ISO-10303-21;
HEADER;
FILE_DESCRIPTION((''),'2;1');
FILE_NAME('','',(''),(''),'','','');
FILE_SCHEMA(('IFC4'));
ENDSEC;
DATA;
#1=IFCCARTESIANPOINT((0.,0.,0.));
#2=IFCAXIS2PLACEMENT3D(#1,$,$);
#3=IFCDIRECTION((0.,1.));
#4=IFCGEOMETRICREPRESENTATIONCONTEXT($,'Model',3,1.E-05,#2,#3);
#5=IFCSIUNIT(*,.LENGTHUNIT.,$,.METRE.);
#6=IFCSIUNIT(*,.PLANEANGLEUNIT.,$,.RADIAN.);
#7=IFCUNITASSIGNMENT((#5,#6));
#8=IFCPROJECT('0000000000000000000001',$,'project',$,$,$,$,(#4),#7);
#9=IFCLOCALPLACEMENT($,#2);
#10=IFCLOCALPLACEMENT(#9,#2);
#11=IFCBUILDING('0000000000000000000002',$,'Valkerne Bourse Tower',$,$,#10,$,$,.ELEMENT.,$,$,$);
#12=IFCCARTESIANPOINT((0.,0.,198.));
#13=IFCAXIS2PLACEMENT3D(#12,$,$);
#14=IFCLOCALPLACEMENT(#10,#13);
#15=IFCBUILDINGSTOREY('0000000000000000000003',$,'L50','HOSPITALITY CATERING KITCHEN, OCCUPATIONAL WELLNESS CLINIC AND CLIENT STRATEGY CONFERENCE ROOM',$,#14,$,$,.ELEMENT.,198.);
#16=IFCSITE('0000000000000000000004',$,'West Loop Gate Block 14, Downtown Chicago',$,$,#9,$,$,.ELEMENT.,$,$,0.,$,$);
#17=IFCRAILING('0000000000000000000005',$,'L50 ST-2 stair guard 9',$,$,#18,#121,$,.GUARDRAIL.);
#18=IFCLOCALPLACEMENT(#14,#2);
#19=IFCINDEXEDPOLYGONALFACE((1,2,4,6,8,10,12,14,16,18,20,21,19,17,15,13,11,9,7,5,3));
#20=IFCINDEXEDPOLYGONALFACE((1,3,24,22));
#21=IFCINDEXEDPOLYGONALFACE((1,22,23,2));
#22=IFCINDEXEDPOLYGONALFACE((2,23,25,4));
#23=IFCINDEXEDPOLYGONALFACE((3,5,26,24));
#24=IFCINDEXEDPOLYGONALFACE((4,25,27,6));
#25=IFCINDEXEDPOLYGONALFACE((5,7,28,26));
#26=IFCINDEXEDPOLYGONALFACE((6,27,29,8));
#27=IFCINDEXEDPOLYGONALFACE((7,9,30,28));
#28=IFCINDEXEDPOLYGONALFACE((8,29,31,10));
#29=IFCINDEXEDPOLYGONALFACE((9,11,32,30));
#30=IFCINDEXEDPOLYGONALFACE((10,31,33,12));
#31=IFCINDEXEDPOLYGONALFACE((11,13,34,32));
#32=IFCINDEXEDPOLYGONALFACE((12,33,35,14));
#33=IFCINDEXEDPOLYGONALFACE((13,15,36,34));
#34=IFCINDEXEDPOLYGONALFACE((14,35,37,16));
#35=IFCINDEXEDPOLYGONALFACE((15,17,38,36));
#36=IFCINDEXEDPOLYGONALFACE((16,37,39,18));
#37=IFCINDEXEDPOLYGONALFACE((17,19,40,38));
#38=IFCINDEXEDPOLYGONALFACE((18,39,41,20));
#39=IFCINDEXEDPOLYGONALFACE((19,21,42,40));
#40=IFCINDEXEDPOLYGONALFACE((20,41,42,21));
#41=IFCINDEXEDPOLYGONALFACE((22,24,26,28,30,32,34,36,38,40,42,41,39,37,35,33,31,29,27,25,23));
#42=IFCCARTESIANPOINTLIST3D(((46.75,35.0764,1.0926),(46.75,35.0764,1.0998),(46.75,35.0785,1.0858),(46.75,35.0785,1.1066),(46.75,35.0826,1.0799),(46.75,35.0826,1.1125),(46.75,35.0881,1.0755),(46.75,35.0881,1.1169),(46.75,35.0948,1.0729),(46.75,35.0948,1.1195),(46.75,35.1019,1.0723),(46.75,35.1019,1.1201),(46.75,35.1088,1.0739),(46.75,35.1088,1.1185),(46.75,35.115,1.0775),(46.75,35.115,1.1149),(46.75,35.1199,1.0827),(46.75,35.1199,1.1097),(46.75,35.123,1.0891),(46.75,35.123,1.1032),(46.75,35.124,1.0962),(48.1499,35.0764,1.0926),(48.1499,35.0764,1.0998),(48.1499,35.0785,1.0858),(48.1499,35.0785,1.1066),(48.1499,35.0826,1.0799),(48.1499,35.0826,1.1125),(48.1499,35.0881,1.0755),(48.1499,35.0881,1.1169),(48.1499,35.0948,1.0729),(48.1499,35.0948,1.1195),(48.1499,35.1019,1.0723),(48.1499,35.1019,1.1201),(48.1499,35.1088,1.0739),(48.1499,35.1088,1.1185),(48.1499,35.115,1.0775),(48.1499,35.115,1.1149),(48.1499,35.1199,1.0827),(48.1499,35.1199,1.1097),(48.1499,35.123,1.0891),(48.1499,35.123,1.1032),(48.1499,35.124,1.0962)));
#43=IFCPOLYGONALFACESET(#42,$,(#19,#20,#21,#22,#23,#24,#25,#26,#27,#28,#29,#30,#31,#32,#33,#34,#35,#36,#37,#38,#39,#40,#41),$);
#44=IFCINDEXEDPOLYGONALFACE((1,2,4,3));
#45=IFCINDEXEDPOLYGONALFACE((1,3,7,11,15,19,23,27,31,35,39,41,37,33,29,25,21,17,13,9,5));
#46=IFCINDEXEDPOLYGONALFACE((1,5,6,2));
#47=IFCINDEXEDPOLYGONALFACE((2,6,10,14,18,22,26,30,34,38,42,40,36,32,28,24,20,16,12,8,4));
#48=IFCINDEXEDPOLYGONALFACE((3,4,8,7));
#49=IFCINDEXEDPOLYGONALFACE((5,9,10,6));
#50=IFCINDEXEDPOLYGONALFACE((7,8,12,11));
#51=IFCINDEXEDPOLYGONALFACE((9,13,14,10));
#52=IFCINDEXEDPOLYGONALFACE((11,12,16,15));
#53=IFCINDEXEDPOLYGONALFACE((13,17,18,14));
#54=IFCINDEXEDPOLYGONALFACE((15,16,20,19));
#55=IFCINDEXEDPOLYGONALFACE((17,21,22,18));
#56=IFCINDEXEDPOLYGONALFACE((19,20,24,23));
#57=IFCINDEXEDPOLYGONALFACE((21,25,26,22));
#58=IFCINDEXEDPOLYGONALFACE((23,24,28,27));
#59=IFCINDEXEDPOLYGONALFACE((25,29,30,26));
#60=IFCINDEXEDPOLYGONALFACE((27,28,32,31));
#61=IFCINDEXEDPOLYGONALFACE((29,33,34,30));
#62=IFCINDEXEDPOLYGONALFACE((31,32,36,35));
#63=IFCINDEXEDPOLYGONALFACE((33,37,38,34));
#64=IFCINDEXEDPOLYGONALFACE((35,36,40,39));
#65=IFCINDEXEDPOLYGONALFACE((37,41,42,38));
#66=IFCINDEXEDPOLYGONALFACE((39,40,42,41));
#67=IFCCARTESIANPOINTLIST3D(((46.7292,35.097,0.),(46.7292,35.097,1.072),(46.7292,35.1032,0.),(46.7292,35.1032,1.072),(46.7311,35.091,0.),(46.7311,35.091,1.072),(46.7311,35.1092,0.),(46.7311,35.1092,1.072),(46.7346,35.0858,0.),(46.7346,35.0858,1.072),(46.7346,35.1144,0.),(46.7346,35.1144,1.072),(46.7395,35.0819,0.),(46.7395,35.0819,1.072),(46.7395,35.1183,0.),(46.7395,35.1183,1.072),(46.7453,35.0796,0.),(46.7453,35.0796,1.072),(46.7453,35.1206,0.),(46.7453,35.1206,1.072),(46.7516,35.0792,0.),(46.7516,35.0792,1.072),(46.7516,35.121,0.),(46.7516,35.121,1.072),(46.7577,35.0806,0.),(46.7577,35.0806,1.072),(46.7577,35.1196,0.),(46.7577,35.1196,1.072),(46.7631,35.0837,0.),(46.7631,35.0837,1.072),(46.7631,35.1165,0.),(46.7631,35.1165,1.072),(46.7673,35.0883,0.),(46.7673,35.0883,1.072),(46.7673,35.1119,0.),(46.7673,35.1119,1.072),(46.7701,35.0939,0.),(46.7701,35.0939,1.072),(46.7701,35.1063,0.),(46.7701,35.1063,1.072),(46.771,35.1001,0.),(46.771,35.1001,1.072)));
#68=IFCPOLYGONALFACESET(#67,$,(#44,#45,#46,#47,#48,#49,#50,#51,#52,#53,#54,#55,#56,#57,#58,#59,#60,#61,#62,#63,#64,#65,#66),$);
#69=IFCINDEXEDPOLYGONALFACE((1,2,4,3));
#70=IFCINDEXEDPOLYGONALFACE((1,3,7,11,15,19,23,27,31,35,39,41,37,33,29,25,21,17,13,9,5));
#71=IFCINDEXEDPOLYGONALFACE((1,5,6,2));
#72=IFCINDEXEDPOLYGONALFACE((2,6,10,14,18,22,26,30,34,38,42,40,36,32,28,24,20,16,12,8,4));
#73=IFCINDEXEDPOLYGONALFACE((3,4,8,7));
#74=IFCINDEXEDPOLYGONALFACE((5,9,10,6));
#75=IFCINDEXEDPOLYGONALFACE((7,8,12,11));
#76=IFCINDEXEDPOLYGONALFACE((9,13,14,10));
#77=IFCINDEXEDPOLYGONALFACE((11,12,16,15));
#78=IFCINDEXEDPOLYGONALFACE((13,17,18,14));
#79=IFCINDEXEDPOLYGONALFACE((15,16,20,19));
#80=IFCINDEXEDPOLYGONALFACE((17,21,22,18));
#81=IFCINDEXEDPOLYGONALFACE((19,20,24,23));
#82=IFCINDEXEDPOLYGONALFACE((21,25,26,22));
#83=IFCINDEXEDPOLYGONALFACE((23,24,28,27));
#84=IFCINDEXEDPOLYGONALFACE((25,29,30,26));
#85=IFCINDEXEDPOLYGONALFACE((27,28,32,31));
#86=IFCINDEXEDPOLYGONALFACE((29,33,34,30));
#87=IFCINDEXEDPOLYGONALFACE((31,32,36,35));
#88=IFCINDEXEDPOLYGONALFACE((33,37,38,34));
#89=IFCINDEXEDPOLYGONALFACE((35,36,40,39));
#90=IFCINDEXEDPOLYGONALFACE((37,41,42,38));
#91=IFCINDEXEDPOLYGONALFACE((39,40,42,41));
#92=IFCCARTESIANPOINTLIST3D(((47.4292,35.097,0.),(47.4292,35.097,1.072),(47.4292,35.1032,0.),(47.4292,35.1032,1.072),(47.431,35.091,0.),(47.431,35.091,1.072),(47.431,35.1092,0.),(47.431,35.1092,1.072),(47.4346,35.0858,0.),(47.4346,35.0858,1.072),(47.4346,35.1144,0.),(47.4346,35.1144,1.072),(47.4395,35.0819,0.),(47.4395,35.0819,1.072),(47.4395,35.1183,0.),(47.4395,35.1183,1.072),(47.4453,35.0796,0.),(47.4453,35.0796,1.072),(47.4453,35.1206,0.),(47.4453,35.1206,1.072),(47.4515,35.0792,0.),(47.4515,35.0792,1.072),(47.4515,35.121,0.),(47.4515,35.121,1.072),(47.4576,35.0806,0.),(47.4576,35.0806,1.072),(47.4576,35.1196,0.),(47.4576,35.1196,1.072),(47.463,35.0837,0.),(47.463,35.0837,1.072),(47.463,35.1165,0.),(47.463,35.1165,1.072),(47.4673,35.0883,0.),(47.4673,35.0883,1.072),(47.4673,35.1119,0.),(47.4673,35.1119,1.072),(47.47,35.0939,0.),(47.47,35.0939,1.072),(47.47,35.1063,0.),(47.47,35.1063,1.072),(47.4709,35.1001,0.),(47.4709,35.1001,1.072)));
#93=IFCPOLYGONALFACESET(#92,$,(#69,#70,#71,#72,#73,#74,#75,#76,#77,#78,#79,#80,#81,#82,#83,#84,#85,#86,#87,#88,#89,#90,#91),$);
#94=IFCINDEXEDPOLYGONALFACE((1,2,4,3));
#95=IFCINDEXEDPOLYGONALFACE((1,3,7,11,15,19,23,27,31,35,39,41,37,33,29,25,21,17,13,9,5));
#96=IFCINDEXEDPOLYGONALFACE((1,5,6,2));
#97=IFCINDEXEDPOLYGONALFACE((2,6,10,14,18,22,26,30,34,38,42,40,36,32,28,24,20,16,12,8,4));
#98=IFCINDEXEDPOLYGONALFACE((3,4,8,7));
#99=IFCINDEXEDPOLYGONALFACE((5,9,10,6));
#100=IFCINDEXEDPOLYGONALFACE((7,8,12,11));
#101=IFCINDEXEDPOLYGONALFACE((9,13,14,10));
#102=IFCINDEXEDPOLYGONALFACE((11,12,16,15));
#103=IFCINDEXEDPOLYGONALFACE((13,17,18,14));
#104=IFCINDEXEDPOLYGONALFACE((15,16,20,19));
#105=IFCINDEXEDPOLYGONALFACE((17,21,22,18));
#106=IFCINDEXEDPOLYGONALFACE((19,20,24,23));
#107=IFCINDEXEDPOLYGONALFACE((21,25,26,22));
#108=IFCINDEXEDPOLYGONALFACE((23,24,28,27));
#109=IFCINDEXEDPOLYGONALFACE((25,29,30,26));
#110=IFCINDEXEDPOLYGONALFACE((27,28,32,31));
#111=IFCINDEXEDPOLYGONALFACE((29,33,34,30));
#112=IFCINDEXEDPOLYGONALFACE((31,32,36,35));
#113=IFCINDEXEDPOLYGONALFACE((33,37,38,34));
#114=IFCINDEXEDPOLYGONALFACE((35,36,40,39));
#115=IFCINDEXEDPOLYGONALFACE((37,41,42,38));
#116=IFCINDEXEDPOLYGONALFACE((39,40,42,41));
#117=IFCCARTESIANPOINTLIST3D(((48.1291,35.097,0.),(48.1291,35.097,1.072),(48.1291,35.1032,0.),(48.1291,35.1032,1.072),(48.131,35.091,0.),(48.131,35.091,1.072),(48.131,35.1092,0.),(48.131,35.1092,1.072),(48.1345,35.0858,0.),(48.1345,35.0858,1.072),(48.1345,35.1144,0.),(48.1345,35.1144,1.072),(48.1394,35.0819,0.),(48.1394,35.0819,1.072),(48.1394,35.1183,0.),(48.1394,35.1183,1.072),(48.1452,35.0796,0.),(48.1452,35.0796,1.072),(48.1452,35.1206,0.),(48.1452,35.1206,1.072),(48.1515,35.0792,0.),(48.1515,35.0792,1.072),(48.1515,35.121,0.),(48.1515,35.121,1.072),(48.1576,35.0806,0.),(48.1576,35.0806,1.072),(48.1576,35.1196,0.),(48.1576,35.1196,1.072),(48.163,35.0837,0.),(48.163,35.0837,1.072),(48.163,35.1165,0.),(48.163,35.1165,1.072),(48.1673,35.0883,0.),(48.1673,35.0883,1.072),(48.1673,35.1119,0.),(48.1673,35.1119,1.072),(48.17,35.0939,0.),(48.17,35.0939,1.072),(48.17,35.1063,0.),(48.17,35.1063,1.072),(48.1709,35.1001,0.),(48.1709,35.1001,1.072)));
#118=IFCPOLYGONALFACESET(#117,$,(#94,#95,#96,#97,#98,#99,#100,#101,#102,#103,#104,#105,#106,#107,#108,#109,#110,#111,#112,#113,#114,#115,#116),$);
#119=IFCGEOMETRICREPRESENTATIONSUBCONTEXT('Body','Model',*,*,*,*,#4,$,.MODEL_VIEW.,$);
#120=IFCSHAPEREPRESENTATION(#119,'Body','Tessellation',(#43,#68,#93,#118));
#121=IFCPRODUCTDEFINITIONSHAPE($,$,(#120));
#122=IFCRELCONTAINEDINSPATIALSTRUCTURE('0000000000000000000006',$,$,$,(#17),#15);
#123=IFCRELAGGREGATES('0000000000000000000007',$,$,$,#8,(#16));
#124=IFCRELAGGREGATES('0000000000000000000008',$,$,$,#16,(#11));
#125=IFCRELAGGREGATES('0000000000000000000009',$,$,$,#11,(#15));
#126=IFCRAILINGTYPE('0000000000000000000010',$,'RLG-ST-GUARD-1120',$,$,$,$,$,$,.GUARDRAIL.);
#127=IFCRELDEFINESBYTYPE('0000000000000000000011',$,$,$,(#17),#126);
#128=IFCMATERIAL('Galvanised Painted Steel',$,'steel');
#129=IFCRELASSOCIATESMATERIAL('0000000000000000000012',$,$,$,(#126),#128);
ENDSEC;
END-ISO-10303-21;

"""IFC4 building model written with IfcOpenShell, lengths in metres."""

from ifc_helpers import new_model, si_unit, direction, frame, origin, origin_2d, place, context, subcontext, project, spatial, circle, extrude, material, type_object, element, save


model = new_model("IFC4")

# Units and contexts
model_context = context("Model", 3, precision=1e-05, world=origin(), true_north=direction((0.0, 1.0)))
body_context = subcontext(model_context, "Body", "Model", "MODEL_VIEW")
ifc_project = project(units=[si_unit("LENGTHUNIT", "METRE"), si_unit("PLANEANGLEUNIT", "RADIAN")], contexts=[model_context])

# Site, building, storey
site_placement = place(None, origin())
site = spatial("IfcSite", under=ifc_project, at=site_placement, Name="West Loop Gate Block 14, Downtown Chicago", CompositionType="ELEMENT", RefElevation=0.0)
building_placement = place(site_placement, origin())
building = spatial("IfcBuilding", under=site, at=building_placement, Name="Valkerne Bourse Tower", CompositionType="ELEMENT")
storey_placement = place(building_placement, frame((0.0, 0.0, 198.0)))
storey = spatial("IfcBuildingStorey", under=building, at=storey_placement, Name="L50", Description="HOSPITALITY CATERING KITCHEN, OCCUPATIONAL WELLNESS CLINIC AND CLIENT STRATEGY CONFERENCE ROOM", CompositionType="ELEMENT", Elevation=198.0)

# Shared definitions
ifc_material_1 = material(Name="Galvanised Painted Steel", Category="steel")

# Railing
railing_type_1 = type_object("IfcRailingType", Name="RLG-ST-GUARD-1120", PredefinedType="GUARDRAIL", material=ifc_material_1)
for number, where, name in (
    (1, (46.75, 35.1001, 0.0), "L50 ST-2 stair guard 9"),
):
    element("IfcRailing", number, at=place(storey_placement, frame(where)), inside=storey, type_object=railing_type_1, Name=name, PredefinedType="GUARDRAIL", context=body_context, shape_type="SweptSolid", body=[
        extrude(circle(Radius=0.0239, at=origin_2d()), frame((0.0, 0.0, 1.0962), z_axis=(1.0, 0.0, 0.0), x_axis=(0.0, 1.0, 0.0)), (0.0, 0.0, 1.0), 1.3999),
        extrude(circle(Radius=0.021, at=origin_2d()), origin(), (0.0, 0.0, 1.0), 1.072),
        extrude(circle(Radius=0.021, at=origin_2d()), frame((0.7, 0.0, 0.0)), (0.0, 0.0, 1.0), 1.072),
        extrude(circle(Radius=0.021, at=origin_2d()), frame((1.3999, 0.0, 0.0)), (0.0, 0.0, 1.0), 1.072),
    ])

save(model, "model.ifc")
